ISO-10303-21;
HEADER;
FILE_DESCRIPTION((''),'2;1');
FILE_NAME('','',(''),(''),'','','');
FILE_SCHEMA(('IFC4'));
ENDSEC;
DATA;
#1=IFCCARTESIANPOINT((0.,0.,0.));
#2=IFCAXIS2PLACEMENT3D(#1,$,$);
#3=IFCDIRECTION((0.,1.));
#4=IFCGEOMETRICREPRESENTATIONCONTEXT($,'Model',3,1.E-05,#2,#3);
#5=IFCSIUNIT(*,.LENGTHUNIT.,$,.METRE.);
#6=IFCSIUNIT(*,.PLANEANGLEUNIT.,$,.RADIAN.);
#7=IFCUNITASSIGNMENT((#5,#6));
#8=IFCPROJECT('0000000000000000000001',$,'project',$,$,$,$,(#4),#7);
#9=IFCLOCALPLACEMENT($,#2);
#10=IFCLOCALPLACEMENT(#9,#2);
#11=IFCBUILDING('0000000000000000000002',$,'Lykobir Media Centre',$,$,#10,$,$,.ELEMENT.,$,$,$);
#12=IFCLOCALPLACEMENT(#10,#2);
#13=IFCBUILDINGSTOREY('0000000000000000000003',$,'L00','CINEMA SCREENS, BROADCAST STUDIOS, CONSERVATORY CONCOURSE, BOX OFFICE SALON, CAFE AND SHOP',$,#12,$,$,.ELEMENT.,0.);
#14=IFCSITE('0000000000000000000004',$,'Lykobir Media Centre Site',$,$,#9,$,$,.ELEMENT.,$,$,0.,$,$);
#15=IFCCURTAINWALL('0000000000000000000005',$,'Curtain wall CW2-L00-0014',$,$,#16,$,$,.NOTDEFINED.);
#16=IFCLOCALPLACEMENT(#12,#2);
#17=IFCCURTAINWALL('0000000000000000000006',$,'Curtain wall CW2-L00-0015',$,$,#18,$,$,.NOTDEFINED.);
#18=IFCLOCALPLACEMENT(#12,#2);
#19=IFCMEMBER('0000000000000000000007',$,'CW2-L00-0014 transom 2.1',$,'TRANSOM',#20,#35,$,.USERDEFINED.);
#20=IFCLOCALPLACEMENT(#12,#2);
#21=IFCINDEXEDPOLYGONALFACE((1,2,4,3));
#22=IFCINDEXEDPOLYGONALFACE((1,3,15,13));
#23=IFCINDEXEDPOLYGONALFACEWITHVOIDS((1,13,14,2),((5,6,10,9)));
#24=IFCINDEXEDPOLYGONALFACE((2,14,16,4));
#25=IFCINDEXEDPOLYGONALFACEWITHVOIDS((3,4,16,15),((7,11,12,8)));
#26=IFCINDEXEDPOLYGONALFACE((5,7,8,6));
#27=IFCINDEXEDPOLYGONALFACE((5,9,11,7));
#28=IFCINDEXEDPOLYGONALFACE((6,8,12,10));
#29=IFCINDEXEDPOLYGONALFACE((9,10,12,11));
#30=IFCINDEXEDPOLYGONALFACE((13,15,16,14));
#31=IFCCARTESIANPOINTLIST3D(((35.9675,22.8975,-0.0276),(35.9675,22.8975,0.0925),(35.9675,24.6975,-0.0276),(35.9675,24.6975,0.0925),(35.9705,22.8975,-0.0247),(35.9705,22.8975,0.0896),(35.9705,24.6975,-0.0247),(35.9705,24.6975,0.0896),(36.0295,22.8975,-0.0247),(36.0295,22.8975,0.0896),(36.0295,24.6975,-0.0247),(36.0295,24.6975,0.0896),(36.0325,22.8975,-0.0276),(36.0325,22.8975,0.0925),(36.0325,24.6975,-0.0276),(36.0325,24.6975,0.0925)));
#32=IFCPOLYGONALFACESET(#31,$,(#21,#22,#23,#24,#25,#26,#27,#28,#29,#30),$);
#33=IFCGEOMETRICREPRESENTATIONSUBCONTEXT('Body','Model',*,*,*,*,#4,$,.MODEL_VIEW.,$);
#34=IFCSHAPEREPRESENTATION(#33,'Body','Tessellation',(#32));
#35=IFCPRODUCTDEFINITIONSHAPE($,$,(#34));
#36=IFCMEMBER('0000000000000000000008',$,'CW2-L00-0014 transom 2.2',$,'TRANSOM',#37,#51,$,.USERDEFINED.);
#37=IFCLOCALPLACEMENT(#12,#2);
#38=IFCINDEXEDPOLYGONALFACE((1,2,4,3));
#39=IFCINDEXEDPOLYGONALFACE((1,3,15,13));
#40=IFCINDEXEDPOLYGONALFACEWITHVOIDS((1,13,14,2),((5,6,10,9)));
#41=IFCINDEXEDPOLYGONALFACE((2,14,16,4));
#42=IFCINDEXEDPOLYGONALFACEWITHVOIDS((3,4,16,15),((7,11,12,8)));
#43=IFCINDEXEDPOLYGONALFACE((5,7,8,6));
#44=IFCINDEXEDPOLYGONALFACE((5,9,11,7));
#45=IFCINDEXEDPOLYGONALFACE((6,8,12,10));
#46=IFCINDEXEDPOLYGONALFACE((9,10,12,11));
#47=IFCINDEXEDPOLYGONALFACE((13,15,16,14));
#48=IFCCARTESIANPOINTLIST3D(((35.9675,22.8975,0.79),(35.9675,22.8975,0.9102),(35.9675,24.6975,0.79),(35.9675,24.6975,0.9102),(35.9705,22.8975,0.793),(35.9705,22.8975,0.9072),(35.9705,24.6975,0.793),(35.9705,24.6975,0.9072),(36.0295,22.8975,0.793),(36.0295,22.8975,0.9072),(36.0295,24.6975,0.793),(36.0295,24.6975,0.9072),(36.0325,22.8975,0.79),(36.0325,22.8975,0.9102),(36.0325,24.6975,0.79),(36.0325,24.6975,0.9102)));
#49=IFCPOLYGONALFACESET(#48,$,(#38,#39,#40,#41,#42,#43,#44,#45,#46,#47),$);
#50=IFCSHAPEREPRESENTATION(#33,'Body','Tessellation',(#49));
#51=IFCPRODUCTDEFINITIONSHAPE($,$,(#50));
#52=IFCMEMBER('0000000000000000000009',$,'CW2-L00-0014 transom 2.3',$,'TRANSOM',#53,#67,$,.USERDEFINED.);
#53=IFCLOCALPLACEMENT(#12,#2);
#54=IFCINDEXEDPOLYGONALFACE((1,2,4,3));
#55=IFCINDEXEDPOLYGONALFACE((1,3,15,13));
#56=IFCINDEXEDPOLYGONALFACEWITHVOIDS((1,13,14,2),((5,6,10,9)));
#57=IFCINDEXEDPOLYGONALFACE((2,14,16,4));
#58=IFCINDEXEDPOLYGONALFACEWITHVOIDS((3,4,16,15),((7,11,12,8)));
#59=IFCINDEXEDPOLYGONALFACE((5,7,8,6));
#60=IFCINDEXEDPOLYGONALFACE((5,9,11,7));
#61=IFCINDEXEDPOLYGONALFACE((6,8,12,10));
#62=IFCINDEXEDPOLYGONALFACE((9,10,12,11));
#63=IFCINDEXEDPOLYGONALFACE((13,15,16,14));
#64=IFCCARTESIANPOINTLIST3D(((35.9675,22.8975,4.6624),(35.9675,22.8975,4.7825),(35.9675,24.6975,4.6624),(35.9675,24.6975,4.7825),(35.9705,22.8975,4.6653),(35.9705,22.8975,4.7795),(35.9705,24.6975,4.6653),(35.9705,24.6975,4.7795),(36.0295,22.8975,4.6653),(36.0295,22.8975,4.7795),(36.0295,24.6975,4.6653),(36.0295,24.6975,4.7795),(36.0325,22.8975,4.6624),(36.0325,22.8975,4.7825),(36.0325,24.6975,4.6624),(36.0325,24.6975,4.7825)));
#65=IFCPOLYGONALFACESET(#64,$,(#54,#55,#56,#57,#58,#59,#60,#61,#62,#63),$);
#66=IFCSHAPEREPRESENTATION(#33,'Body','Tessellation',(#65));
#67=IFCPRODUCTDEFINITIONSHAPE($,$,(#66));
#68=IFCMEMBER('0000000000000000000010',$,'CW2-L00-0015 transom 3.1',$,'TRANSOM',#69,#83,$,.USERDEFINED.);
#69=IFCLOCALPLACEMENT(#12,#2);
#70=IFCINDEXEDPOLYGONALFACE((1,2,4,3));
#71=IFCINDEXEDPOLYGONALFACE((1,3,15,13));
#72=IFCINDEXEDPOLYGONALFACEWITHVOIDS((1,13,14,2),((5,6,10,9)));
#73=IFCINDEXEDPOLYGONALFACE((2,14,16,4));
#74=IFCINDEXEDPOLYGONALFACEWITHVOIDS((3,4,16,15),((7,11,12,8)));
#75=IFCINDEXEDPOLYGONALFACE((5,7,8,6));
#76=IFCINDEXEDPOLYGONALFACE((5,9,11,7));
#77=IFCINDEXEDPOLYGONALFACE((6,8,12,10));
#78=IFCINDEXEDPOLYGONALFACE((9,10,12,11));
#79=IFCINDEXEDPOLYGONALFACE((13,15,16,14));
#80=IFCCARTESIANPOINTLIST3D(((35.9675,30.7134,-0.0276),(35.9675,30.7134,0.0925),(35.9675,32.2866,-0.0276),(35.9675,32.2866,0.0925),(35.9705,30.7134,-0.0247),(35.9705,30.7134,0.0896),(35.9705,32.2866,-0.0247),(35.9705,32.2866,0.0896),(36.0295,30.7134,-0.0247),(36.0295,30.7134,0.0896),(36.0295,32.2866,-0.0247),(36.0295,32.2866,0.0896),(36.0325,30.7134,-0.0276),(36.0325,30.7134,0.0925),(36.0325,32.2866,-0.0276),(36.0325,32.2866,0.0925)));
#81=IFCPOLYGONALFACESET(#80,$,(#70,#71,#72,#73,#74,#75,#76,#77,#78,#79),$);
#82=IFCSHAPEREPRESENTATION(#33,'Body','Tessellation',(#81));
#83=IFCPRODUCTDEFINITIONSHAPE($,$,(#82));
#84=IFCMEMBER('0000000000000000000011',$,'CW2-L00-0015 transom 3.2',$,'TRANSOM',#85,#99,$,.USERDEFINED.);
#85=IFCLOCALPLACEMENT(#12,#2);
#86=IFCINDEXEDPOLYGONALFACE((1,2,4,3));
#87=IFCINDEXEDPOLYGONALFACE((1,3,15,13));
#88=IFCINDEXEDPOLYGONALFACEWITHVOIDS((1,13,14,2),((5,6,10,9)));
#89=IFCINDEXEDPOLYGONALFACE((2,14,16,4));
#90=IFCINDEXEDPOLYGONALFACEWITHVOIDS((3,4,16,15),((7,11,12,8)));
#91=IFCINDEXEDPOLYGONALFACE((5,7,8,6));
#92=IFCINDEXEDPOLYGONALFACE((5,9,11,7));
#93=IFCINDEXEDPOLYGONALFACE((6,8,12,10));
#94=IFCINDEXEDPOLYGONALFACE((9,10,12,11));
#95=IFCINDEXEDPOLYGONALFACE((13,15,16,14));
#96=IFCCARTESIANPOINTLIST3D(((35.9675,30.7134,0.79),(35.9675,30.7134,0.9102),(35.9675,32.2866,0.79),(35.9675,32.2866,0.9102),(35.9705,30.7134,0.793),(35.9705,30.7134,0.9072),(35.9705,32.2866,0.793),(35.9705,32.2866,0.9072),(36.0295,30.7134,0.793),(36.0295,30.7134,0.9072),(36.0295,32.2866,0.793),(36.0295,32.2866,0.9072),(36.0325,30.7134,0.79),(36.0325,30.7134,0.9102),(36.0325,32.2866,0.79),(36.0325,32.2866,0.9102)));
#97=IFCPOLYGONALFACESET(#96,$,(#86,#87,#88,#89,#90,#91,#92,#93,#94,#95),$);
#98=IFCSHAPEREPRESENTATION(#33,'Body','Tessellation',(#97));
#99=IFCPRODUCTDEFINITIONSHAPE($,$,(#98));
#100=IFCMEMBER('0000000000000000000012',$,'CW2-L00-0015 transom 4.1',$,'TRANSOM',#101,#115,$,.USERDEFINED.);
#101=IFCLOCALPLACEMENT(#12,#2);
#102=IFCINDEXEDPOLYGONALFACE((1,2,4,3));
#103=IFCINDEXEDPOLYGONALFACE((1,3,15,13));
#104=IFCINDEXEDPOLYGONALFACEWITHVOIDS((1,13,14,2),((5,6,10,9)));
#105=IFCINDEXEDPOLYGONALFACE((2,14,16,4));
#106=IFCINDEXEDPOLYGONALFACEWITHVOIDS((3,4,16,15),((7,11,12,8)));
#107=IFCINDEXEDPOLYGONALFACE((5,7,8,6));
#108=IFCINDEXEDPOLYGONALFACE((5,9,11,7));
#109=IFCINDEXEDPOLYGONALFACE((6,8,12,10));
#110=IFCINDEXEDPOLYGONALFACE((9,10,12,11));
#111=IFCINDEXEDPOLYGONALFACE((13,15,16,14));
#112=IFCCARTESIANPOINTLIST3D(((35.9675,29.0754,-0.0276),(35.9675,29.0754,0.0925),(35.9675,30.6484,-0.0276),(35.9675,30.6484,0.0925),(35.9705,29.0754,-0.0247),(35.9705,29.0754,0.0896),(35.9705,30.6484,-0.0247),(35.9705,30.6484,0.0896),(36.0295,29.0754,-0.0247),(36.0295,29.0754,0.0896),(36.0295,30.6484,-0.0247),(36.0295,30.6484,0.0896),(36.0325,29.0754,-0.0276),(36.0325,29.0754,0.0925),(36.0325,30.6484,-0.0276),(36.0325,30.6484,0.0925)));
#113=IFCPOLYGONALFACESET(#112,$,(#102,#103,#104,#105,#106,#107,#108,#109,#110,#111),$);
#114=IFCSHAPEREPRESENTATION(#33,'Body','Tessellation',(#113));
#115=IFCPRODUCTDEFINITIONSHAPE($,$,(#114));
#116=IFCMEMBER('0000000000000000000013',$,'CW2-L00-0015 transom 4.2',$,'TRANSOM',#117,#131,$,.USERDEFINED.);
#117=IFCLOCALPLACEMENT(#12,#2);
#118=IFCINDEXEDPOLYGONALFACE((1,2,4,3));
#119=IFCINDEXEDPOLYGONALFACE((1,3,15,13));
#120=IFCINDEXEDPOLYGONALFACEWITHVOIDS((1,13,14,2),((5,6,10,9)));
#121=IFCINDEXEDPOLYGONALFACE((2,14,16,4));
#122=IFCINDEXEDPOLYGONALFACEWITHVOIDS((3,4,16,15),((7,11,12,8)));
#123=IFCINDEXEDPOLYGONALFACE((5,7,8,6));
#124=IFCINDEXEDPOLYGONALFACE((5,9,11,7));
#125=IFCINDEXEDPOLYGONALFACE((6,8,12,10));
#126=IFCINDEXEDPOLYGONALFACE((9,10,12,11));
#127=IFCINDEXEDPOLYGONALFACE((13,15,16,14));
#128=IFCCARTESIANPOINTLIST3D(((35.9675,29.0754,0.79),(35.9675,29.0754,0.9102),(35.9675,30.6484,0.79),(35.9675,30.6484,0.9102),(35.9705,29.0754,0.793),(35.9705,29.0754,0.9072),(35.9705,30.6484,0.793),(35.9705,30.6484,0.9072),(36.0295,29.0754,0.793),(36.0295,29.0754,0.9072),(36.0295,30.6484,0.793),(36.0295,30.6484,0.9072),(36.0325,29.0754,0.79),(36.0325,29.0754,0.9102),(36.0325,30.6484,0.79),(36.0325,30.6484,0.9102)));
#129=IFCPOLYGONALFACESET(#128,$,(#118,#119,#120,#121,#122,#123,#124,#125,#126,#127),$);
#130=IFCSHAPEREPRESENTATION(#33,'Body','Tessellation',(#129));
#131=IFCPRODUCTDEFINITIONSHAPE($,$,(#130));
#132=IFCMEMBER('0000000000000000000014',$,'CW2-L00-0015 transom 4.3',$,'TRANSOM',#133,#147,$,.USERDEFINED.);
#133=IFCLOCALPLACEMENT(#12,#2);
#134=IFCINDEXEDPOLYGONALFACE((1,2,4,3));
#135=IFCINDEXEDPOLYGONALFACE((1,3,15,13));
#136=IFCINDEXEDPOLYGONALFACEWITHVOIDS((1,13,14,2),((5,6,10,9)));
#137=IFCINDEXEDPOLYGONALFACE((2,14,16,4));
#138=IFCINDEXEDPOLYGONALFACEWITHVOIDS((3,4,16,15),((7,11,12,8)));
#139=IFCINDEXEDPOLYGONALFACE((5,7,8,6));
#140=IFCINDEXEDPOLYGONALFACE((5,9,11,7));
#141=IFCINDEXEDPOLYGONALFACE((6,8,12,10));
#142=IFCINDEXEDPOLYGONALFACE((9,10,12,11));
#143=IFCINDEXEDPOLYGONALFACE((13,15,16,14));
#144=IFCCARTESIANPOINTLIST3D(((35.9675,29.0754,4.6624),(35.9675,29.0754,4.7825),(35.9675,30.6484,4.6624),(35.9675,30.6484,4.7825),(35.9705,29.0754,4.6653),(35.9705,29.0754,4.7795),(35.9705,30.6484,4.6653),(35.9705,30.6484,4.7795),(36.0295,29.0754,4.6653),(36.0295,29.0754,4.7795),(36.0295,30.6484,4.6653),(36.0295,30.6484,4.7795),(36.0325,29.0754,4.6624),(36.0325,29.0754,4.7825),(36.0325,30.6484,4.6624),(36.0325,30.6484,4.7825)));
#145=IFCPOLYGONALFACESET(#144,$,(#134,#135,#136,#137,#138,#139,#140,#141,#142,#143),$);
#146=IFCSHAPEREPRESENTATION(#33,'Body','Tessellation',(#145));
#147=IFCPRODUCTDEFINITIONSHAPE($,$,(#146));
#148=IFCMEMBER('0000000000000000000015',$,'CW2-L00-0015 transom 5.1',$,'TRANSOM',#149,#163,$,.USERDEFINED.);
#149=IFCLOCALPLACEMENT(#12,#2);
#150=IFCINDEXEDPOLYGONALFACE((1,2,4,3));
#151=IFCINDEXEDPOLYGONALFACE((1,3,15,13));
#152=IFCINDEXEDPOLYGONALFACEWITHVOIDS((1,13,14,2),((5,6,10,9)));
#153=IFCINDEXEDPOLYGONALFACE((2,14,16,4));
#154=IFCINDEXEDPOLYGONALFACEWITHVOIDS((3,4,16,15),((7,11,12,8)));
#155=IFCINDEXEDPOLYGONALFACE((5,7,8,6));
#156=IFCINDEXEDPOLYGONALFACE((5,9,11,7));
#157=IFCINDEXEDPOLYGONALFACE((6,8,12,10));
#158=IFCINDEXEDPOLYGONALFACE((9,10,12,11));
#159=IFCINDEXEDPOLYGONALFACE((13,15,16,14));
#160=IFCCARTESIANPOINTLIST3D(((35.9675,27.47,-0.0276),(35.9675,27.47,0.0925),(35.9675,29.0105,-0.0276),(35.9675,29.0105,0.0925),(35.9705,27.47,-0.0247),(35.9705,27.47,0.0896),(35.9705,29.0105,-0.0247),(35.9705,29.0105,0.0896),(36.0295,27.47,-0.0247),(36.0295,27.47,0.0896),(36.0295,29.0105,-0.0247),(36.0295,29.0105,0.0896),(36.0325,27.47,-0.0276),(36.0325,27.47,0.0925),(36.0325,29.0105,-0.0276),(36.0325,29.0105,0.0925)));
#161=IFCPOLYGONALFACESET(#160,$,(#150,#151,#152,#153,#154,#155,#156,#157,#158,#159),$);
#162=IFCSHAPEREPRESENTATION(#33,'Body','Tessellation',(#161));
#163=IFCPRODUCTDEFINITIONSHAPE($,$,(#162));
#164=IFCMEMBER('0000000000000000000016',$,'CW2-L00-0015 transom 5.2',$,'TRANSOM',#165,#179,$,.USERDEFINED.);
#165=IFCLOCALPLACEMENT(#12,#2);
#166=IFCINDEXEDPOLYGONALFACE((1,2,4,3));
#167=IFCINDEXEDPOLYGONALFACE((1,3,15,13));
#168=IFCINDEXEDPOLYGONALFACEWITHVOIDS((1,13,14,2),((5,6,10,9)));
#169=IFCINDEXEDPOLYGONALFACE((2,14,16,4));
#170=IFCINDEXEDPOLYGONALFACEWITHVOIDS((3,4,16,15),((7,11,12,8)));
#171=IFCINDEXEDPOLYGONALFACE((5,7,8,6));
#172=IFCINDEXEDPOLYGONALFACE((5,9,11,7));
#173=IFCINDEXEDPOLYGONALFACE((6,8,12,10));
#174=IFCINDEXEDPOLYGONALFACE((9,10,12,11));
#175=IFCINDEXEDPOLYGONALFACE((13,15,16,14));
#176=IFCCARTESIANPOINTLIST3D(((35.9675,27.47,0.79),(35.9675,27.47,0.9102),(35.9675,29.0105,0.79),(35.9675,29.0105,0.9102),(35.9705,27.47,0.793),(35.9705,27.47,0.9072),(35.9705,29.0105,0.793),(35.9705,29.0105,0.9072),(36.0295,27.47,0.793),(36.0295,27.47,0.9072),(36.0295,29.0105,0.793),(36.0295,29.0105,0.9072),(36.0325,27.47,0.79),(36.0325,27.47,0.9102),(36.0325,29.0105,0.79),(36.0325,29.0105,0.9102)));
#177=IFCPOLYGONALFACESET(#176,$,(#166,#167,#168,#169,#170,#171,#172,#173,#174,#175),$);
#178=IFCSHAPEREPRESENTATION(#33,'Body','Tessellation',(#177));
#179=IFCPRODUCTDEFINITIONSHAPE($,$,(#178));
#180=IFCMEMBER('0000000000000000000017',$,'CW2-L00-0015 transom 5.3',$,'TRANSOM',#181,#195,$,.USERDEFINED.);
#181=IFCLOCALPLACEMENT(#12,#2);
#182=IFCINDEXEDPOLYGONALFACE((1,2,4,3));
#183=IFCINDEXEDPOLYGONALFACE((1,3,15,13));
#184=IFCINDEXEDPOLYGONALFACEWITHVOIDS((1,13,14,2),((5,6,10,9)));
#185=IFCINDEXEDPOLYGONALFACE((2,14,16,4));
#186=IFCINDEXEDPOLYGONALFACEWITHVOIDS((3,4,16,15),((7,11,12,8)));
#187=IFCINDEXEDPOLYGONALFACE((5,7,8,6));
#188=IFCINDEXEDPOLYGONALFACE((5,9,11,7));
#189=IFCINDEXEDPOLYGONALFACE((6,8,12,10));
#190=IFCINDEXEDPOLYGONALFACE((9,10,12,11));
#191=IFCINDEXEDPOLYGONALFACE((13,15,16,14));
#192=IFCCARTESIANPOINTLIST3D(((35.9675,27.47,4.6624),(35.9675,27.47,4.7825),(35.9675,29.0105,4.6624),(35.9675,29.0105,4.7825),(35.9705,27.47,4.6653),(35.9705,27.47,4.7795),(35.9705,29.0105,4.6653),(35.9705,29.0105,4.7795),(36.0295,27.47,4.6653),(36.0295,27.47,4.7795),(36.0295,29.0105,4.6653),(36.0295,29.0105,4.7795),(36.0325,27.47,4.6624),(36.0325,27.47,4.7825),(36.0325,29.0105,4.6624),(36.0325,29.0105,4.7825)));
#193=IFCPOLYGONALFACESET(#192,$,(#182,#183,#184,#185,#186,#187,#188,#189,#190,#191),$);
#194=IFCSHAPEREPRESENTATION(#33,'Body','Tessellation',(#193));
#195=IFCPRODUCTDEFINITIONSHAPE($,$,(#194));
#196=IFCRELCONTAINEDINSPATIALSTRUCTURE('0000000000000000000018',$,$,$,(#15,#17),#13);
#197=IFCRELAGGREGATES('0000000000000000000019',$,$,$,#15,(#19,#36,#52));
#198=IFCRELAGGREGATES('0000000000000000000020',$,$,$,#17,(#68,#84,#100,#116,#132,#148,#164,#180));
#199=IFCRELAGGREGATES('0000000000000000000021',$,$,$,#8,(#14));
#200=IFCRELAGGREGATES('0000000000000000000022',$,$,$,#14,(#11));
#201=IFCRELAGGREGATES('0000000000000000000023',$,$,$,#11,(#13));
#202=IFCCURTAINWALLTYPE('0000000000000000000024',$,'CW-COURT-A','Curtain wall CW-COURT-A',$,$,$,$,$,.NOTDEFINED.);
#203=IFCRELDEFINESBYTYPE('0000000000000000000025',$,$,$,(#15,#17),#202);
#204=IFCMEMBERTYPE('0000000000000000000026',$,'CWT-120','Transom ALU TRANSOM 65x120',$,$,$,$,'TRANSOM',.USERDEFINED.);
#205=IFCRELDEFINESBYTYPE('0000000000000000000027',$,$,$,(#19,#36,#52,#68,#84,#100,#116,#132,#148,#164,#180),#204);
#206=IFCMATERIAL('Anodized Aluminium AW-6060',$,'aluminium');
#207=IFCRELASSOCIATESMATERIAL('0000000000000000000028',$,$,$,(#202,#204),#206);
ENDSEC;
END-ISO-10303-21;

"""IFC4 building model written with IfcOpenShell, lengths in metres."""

from ifc_helpers import new_model, si_unit, direction, frame, origin, origin_2d, place, context, subcontext, project, spatial, hollow_rectangle, extrude, material, material_profile, profile_set, type_object, element, aggregate, save


model = new_model("IFC4")

# Units and contexts
model_context = context("Model", 3, precision=1e-05, world=origin(), true_north=direction((0.0, 1.0)))
body_context = subcontext(model_context, "Body", "Model", "MODEL_VIEW")
ifc_project = project(units=[si_unit("LENGTHUNIT", "METRE"), si_unit("PLANEANGLEUNIT", "RADIAN")], contexts=[model_context])

# Site, building, storey
site_placement = place(None, origin())
site = spatial("IfcSite", under=ifc_project, at=site_placement, Name="Lykobir Media Centre Site", CompositionType="ELEMENT", RefElevation=0.0)
building_placement = place(site_placement, origin())
building = spatial("IfcBuilding", under=site, at=building_placement, Name="Lykobir Media Centre", CompositionType="ELEMENT")
storey_placement = place(building_placement, origin())
storey = spatial("IfcBuildingStorey", under=building, at=storey_placement, Name="L00", Description="CINEMA SCREENS, BROADCAST STUDIOS, CONSERVATORY CONCOURSE, BOX OFFICE SALON, CAFE AND SHOP", CompositionType="ELEMENT", Elevation=0.0)

# Curtain walls
ifc_material_1 = material(Name="Anodized Aluminium AW-6060", Category="aluminium")
curtain_wall_type = type_object("IfcCurtainWallType", Name="CW-COURT-A", Description="Curtain wall CW-COURT-A", PredefinedType="NOTDEFINED", material=ifc_material_1)
curtain_wall_1_placement = place(storey_placement, origin())
curtain_wall_1 = element("IfcCurtainWall", 1, at=curtain_wall_1_placement, inside=storey, type_object=curtain_wall_type, Name="Curtain wall CW2-L00-0014", PredefinedType="NOTDEFINED")
curtain_wall_2_placement = place(storey_placement, origin())
curtain_wall_2 = element("IfcCurtainWall", 2, at=curtain_wall_2_placement, inside=storey, type_object=curtain_wall_type, Name="Curtain wall CW2-L00-0015", PredefinedType="NOTDEFINED")

# Members
ifc_material_profile_1 = material_profile(ifc_material_1, hollow_rectangle(XDim=0.0649, YDim=0.1201, WallThickness=0.0029, at=origin_2d()), Name="ALU TRANSOM 65x120")
ifc_profile_set_1 = profile_set([ifc_material_profile_1], Name="Anodized Aluminium AW-6060")
member_type_1 = type_object("IfcMemberType", Name="CWT-120", Description="Transom ALU TRANSOM 65x120", ElementType="TRANSOM", PredefinedType="USERDEFINED", material=ifc_profile_set_1)
member_1_placement = place(storey_placement, frame((36.0, 24.6975, 0.0325), z_axis=(0.0, -1.0, 0.0), x_axis=(1.0, 0.0, 0.0)))
member_1 = element("IfcMember", 3, at=member_1_placement, type_object=member_type_1, Name="CW2-L00-0014 transom 2.1", ObjectType="TRANSOM", PredefinedType="USERDEFINED", context=body_context, shape_type="SweptSolid", body=[
    extrude(hollow_rectangle(XDim=0.0649, YDim=0.1201, WallThickness=0.0029, at=origin_2d()), origin(), (0.0, 0.0, 1.0), 1.8),
])
member_2_placement = place(storey_placement, frame((36.0, 24.6975, 0.8501), z_axis=(0.0, -1.0, 0.0), x_axis=(1.0, 0.0, 0.0)))
member_2 = element("IfcMember", 4, at=member_2_placement, type_object=member_type_1, Name="CW2-L00-0014 transom 2.2", ObjectType="TRANSOM", PredefinedType="USERDEFINED", context=body_context, shape_type="SweptSolid", body=[
    extrude(hollow_rectangle(XDim=0.0649, YDim=0.1201, WallThickness=0.0029, at=origin_2d()), origin(), (0.0, 0.0, 1.0), 1.8),
])
member_3_placement = place(storey_placement, frame((36.0, 24.6975, 4.7224), z_axis=(0.0, -1.0, 0.0), x_axis=(1.0, 0.0, 0.0)))
member_3 = element("IfcMember", 5, at=member_3_placement, type_object=member_type_1, Name="CW2-L00-0014 transom 2.3", ObjectType="TRANSOM", PredefinedType="USERDEFINED", context=body_context, shape_type="SweptSolid", body=[
    extrude(hollow_rectangle(XDim=0.0649, YDim=0.1201, WallThickness=0.0029, at=origin_2d()), origin(), (0.0, 0.0, 1.0), 1.8),
])
member_4_placement = place(storey_placement, frame((36.0, 32.2866, 0.0325), z_axis=(0.0, -1.0, 0.0), x_axis=(1.0, 0.0, 0.0)))
member_4 = element("IfcMember", 6, at=member_4_placement, type_object=member_type_1, Name="CW2-L00-0015 transom 3.1", ObjectType="TRANSOM", PredefinedType="USERDEFINED", context=body_context, shape_type="SweptSolid", body=[
    extrude(hollow_rectangle(XDim=0.0649, YDim=0.1201, WallThickness=0.0029, at=origin_2d()), origin(), (0.0, 0.0, 1.0), 1.5732),
])
member_5_placement = place(storey_placement, frame((36.0, 32.2866, 0.8501), z_axis=(0.0, -1.0, 0.0), x_axis=(1.0, 0.0, 0.0)))
member_5 = element("IfcMember", 7, at=member_5_placement, type_object=member_type_1, Name="CW2-L00-0015 transom 3.2", ObjectType="TRANSOM", PredefinedType="USERDEFINED", context=body_context, shape_type="SweptSolid", body=[
    extrude(hollow_rectangle(XDim=0.0649, YDim=0.1201, WallThickness=0.0029, at=origin_2d()), origin(), (0.0, 0.0, 1.0), 1.5732),
])
member_6_placement = place(storey_placement, frame((36.0, 30.6484, 0.0325), z_axis=(0.0, -1.0, 0.0), x_axis=(1.0, 0.0, 0.0)))
member_6 = element("IfcMember", 8, at=member_6_placement, type_object=member_type_1, Name="CW2-L00-0015 transom 4.1", ObjectType="TRANSOM", PredefinedType="USERDEFINED", context=body_context, shape_type="SweptSolid", body=[
    extrude(hollow_rectangle(XDim=0.0649, YDim=0.1201, WallThickness=0.0029, at=origin_2d()), origin(), (0.0, 0.0, 1.0), 1.573),
])
member_7_placement = place(storey_placement, frame((36.0, 30.6484, 0.8501), z_axis=(0.0, -1.0, 0.0), x_axis=(1.0, 0.0, 0.0)))
member_7 = element("IfcMember", 9, at=member_7_placement, type_object=member_type_1, Name="CW2-L00-0015 transom 4.2", ObjectType="TRANSOM", PredefinedType="USERDEFINED", context=body_context, shape_type="SweptSolid", body=[
    extrude(hollow_rectangle(XDim=0.0649, YDim=0.1201, WallThickness=0.0029, at=origin_2d()), origin(), (0.0, 0.0, 1.0), 1.573),
])
member_8_placement = place(storey_placement, frame((36.0, 30.6484, 4.7224), z_axis=(0.0, -1.0, 0.0), x_axis=(1.0, 0.0, 0.0)))
member_8 = element("IfcMember", 10, at=member_8_placement, type_object=member_type_1, Name="CW2-L00-0015 transom 4.3", ObjectType="TRANSOM", PredefinedType="USERDEFINED", context=body_context, shape_type="SweptSolid", body=[
    extrude(hollow_rectangle(XDim=0.0649, YDim=0.1201, WallThickness=0.0029, at=origin_2d()), origin(), (0.0, 0.0, 1.0), 1.573),
])
member_9_placement = place(storey_placement, frame((36.0, 29.0105, 0.0325), z_axis=(0.0, -1.0, 0.0), x_axis=(1.0, 0.0, 0.0)))
member_9 = element("IfcMember", 11, at=member_9_placement, type_object=member_type_1, Name="CW2-L00-0015 transom 5.1", ObjectType="TRANSOM", PredefinedType="USERDEFINED", context=body_context, shape_type="SweptSolid", body=[
    extrude(hollow_rectangle(XDim=0.0649, YDim=0.1201, WallThickness=0.0029, at=origin_2d()), origin(), (0.0, 0.0, 1.0), 1.5405),
])
member_10_placement = place(storey_placement, frame((36.0, 29.0105, 0.8501), z_axis=(0.0, -1.0, 0.0), x_axis=(1.0, 0.0, 0.0)))
member_10 = element("IfcMember", 12, at=member_10_placement, type_object=member_type_1, Name="CW2-L00-0015 transom 5.2", ObjectType="TRANSOM", PredefinedType="USERDEFINED", context=body_context, shape_type="SweptSolid", body=[
    extrude(hollow_rectangle(XDim=0.0649, YDim=0.1201, WallThickness=0.0029, at=origin_2d()), origin(), (0.0, 0.0, 1.0), 1.5405),
])
member_11_placement = place(storey_placement, frame((36.0, 29.0105, 4.7224), z_axis=(0.0, -1.0, 0.0), x_axis=(1.0, 0.0, 0.0)))
member_11 = element("IfcMember", 13, at=member_11_placement, type_object=member_type_1, Name="CW2-L00-0015 transom 5.3", ObjectType="TRANSOM", PredefinedType="USERDEFINED", context=body_context, shape_type="SweptSolid", body=[
    extrude(hollow_rectangle(XDim=0.0649, YDim=0.1201, WallThickness=0.0029, at=origin_2d()), origin(), (0.0, 0.0, 1.0), 1.5405),
])

aggregate(curtain_wall_1, [member_1, member_2, member_3])
aggregate(curtain_wall_2, [member_4, member_5, member_6, member_7, member_8, member_9, member_10, member_11])

save(model, "model.ifc")
